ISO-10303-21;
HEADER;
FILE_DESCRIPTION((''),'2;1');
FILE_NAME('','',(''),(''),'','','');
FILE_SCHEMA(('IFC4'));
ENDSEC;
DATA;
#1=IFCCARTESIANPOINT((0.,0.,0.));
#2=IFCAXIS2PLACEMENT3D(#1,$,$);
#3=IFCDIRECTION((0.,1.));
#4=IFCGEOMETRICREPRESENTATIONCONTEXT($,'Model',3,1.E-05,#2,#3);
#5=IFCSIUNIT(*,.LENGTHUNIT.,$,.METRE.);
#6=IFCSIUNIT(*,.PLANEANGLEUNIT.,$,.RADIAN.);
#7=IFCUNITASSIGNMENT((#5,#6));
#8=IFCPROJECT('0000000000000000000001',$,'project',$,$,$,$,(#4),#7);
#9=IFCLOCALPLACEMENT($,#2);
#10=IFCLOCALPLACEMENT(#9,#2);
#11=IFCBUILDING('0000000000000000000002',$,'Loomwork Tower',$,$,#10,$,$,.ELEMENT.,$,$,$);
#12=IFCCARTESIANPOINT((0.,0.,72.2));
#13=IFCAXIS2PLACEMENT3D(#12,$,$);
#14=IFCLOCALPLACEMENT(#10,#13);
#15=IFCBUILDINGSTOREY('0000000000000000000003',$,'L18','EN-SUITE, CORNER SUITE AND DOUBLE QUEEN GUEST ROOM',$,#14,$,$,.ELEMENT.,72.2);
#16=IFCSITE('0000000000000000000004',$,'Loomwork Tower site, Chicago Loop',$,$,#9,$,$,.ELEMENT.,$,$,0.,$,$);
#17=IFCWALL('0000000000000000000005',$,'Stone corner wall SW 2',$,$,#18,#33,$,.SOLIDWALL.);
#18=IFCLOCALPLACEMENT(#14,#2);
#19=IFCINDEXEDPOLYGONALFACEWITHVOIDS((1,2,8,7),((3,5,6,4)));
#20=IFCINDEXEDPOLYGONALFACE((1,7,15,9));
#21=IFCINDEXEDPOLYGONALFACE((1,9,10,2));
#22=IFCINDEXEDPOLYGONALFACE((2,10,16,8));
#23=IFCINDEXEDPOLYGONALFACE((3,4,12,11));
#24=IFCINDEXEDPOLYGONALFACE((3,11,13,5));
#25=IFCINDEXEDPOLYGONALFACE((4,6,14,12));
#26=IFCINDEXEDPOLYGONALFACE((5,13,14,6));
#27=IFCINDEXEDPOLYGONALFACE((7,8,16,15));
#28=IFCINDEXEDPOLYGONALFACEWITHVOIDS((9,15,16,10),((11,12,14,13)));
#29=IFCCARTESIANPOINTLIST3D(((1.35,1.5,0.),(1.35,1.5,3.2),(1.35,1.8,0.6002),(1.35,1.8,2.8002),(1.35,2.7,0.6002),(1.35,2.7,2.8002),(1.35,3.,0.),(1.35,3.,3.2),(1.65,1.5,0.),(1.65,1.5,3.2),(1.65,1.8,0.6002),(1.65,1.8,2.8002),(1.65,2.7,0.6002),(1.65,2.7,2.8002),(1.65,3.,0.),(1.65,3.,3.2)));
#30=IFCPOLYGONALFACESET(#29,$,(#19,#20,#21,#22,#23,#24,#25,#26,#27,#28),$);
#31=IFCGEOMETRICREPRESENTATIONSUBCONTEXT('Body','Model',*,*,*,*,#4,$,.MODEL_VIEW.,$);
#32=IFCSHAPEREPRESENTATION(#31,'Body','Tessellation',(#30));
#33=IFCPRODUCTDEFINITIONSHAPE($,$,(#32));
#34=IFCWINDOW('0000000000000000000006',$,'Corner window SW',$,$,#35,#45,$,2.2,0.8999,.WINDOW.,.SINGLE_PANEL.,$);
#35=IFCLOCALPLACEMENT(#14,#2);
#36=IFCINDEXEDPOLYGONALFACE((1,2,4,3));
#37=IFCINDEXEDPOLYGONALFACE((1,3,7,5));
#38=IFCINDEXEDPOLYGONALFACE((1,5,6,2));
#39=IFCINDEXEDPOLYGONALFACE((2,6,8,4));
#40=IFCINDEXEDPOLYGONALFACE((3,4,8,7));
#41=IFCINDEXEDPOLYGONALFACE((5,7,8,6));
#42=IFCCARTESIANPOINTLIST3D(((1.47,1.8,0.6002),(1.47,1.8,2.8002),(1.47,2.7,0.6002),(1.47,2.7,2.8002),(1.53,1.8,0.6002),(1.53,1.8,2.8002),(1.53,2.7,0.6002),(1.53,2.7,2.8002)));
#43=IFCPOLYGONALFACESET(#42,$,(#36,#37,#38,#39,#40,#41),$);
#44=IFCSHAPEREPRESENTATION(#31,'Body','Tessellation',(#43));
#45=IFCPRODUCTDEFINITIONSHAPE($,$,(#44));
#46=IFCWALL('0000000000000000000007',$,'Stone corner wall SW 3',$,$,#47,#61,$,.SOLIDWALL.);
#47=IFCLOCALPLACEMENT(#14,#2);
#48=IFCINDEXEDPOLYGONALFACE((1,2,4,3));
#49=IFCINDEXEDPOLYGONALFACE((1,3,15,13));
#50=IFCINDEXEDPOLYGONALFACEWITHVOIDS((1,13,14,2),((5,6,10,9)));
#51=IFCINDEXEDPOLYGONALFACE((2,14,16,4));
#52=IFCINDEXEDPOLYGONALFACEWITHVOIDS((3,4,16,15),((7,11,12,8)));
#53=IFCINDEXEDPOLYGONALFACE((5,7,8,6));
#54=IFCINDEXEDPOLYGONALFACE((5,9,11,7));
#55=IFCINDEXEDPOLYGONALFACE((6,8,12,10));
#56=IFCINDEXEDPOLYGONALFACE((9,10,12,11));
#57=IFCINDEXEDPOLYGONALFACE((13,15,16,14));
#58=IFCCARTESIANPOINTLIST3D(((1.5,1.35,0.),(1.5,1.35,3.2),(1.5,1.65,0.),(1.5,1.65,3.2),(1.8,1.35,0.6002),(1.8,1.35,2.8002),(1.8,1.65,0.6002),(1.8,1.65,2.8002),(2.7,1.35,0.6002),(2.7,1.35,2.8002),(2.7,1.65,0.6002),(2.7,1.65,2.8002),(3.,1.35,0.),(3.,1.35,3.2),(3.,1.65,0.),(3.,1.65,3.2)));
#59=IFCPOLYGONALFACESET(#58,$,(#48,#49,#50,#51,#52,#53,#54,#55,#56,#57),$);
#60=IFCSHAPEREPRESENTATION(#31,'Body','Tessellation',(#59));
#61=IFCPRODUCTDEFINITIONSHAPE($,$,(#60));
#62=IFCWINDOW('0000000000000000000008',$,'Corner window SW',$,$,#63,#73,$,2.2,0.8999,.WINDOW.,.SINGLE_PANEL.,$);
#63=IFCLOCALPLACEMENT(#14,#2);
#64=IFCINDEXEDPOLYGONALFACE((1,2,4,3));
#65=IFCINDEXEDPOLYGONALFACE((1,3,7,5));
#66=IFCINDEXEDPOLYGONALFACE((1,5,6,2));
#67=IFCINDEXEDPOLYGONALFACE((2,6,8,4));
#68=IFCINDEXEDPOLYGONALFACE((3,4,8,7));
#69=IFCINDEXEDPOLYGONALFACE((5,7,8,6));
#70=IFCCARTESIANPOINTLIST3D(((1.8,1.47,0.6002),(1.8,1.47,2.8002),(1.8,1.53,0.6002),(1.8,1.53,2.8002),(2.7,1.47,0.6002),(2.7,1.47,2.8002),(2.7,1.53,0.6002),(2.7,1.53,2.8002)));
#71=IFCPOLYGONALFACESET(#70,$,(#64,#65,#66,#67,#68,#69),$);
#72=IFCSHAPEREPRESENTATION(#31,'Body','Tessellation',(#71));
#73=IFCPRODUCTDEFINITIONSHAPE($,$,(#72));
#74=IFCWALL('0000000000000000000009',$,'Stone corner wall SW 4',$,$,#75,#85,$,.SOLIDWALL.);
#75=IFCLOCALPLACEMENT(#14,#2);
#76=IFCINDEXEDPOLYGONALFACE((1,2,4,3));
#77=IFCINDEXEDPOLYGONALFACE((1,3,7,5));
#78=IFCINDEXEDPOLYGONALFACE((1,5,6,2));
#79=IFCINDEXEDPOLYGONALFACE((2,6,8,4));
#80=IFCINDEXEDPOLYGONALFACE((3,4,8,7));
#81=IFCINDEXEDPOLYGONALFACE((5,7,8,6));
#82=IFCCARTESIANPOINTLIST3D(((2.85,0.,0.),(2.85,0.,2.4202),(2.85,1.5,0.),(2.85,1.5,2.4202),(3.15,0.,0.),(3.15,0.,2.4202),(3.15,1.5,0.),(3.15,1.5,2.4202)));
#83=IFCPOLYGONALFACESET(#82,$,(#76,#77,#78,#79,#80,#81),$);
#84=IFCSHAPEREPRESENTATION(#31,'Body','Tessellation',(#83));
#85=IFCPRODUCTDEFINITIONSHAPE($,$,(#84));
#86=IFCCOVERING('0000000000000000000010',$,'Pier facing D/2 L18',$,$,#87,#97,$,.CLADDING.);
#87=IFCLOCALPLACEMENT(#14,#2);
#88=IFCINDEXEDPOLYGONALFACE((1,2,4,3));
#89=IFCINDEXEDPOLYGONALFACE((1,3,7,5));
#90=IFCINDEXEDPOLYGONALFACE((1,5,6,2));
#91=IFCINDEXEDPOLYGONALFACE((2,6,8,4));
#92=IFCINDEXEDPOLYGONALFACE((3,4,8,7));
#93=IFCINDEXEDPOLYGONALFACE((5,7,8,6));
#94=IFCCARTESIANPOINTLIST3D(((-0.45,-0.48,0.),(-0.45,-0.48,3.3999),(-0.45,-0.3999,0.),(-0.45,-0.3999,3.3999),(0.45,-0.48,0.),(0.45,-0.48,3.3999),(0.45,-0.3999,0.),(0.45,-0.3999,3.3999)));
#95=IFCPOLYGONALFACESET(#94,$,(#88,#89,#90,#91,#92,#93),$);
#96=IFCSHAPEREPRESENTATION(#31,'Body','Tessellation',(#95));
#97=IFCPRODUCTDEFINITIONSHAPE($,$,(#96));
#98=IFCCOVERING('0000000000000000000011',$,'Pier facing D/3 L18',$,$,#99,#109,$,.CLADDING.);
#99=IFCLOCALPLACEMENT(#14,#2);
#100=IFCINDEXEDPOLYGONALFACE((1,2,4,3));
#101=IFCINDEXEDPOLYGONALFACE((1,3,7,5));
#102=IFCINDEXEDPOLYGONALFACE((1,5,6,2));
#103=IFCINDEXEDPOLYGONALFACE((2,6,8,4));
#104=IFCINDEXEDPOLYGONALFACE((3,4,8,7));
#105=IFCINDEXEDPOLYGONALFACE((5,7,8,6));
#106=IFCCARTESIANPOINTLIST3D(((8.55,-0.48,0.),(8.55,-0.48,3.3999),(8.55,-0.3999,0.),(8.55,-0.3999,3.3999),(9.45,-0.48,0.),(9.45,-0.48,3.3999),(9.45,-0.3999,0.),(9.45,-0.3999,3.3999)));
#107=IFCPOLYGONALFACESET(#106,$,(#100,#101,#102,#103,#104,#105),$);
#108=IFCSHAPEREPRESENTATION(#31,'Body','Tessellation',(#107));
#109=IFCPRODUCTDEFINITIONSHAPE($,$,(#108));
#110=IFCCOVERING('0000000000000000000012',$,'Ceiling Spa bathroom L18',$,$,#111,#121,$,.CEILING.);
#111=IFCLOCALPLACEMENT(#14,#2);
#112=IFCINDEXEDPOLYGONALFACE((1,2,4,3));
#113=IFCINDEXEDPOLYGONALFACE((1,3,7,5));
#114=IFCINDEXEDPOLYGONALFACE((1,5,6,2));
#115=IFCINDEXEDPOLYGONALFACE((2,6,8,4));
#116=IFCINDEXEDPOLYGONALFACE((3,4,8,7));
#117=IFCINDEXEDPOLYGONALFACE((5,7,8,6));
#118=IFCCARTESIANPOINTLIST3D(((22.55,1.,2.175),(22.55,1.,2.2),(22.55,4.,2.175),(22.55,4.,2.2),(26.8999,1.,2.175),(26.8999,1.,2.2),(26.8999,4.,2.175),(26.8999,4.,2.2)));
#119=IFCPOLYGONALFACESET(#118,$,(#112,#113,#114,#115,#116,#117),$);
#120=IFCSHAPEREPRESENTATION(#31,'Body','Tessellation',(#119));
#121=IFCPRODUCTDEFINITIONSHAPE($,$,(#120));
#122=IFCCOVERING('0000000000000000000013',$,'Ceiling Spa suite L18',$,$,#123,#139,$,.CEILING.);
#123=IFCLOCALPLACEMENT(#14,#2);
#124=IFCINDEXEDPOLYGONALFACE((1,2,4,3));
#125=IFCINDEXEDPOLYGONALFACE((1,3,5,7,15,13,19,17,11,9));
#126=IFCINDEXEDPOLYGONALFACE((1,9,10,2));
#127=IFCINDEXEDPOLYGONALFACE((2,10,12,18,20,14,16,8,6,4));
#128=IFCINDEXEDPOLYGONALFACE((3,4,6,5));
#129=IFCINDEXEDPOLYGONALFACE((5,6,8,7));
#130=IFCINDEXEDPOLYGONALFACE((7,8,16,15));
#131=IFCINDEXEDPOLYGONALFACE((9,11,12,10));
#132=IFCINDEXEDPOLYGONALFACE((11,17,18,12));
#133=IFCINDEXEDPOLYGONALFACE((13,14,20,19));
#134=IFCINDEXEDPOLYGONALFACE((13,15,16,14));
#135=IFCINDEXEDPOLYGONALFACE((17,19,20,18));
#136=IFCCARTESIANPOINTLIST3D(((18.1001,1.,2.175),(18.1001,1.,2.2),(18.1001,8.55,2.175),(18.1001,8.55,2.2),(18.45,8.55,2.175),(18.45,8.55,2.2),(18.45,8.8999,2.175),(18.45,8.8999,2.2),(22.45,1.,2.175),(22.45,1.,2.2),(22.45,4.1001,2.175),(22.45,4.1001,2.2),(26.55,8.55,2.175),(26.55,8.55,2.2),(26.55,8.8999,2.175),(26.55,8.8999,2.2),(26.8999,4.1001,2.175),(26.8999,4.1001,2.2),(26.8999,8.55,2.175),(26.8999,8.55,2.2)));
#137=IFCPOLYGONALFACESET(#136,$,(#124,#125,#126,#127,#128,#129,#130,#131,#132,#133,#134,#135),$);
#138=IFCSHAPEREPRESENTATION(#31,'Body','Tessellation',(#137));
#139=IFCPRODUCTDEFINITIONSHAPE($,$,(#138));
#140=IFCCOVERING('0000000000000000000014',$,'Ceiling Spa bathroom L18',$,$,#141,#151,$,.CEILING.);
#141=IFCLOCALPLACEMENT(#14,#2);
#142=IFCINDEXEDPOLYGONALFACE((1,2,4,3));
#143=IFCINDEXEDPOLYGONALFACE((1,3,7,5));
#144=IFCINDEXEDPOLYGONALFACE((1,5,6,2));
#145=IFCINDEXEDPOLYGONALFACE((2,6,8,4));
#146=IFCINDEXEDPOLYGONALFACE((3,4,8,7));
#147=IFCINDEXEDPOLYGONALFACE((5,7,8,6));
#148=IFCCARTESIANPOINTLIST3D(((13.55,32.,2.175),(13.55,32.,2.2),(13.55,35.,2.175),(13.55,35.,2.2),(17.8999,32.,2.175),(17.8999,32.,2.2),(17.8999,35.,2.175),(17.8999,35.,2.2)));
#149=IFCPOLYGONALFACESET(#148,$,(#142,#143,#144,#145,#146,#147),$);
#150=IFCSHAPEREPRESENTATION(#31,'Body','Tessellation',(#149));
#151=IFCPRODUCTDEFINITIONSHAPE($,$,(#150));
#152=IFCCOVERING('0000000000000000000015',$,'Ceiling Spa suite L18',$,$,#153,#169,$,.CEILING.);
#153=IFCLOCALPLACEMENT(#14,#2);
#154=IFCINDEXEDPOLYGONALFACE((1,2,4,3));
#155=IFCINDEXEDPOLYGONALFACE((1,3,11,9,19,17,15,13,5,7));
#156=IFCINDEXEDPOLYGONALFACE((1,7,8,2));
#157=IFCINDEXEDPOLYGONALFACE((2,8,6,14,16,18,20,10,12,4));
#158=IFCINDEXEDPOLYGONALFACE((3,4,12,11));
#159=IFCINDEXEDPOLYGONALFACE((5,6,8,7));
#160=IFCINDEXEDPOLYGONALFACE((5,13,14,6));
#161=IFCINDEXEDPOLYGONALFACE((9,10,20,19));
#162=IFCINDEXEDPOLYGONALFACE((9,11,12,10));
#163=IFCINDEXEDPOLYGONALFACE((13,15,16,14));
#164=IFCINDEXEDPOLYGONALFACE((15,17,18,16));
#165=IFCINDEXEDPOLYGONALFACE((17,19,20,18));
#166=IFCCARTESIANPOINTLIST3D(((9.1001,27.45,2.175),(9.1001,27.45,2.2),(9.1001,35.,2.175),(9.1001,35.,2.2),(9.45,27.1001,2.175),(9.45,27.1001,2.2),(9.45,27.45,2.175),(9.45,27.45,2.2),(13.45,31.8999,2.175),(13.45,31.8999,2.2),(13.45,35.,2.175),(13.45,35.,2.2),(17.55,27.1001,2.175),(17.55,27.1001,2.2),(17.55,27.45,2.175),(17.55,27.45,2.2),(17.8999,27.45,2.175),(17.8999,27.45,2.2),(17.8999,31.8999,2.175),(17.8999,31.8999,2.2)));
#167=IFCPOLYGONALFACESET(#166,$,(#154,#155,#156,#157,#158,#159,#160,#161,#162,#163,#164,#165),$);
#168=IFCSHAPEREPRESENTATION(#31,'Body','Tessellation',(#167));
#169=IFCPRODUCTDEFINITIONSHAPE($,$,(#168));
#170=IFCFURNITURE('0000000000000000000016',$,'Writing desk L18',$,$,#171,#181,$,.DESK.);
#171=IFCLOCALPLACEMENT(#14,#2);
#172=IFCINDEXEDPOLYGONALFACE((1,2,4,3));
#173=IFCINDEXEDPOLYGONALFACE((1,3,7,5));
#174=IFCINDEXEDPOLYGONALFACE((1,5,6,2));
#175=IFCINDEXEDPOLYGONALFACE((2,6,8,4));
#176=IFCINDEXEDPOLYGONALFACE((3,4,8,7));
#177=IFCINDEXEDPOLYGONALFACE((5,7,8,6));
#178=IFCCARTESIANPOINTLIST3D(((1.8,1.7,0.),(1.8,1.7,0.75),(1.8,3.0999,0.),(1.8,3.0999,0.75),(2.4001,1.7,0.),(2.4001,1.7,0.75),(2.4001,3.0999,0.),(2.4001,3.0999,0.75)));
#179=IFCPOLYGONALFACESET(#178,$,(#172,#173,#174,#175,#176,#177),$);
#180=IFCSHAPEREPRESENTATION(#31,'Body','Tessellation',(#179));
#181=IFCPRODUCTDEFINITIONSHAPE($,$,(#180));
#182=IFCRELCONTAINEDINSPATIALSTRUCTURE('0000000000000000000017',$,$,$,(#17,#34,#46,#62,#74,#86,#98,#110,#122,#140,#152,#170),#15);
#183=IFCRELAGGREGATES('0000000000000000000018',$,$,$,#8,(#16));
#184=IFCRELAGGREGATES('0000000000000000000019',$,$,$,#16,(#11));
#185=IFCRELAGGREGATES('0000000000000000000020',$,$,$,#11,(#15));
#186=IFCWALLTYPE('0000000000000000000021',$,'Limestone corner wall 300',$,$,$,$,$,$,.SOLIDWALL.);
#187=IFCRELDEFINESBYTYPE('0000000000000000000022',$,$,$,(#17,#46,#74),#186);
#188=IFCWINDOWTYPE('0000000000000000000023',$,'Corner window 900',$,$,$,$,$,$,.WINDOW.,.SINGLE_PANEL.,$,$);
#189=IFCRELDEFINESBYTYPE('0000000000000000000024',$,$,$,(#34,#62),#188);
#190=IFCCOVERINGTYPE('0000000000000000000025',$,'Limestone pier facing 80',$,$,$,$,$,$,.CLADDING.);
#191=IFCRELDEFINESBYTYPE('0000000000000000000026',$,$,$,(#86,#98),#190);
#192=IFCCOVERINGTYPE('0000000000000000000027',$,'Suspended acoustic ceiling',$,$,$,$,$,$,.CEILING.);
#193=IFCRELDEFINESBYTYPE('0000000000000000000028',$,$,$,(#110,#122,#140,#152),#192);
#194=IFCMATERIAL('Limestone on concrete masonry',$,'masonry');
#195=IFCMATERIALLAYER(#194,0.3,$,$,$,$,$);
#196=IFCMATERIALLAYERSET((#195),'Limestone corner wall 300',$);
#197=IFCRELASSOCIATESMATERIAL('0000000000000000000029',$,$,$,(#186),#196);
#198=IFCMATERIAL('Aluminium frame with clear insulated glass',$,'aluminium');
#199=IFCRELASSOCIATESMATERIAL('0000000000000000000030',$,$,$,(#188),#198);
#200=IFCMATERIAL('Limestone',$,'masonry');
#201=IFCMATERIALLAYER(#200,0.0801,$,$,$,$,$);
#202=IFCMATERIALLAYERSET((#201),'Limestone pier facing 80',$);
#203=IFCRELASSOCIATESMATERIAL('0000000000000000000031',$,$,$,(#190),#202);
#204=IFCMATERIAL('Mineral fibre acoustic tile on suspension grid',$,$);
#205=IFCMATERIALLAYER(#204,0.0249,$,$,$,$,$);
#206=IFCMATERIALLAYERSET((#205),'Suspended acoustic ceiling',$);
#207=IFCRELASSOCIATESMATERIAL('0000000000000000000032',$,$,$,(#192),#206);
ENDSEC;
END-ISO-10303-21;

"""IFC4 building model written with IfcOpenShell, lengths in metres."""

from ifc_helpers import new_model, si_unit, direction, frame, frame_2d, origin, origin_2d, place, context, subcontext, project, spatial, polyline, rectangle, outline, extrude, material, layer, layer_set, type_object, element, fill, save


model = new_model("IFC4")

# Units and contexts
model_context = context("Model", 3, precision=1e-05, world=origin(), true_north=direction((0.0, 1.0)))
body_context = subcontext(model_context, "Body", "Model", "MODEL_VIEW")
ifc_project = project(units=[si_unit("LENGTHUNIT", "METRE"), si_unit("PLANEANGLEUNIT", "RADIAN")], contexts=[model_context])

# Site, building, storey
site_placement = place(None, origin())
site = spatial("IfcSite", under=ifc_project, at=site_placement, Name="Loomwork Tower site, Chicago Loop", CompositionType="ELEMENT", RefElevation=0.0)
building_placement = place(site_placement, origin())
building = spatial("IfcBuilding", under=site, at=building_placement, Name="Loomwork Tower", CompositionType="ELEMENT")
storey_placement = place(building_placement, frame((0.0, 0.0, 72.2)))
storey = spatial("IfcBuildingStorey", under=building, at=storey_placement, Name="L18", Description="EN-SUITE, CORNER SUITE AND DOUBLE QUEEN GUEST ROOM", CompositionType="ELEMENT", Elevation=72.2)

# Shared definitions
ifc_material_1 = material(Name="Limestone on concrete masonry", Category="masonry")
ifc_layer_1 = layer(ifc_material_1, 0.3)
ifc_layer_set_1 = layer_set([ifc_layer_1], Name="Limestone corner wall 300")
wall_type_1 = type_object("IfcWallType", Name="Limestone corner wall 300", PredefinedType="SOLIDWALL", material=ifc_layer_set_1)

# Walls, openings, windows
wall_1_placement = place(storey_placement, frame((1.5, 3.0, 0.0), z_axis=(0.0, 0.0, 1.0), x_axis=(0.0, -1.0, 0.0)))
wall_1 = element("IfcWall", 1, at=wall_1_placement, inside=storey, type_object=wall_type_1, Name="Stone corner wall SW 2", PredefinedType="SOLIDWALL", context=body_context, shape_type="SweptSolid", body=[
    extrude(rectangle(XDim=1.5, YDim=0.3, at=frame_2d((0.75, 0.0))), origin(), (0.0, 0.0, 1.0), 3.2),
])
opening_1_placement = place(wall_1_placement, frame((0.3, 0.0, 0.6001)))
opening_1 = element("IfcOpeningElement", 2, at=opening_1_placement, cuts=wall_1, PredefinedType="OPENING", context=body_context, shape_type="SweptSolid", body=[
    extrude(rectangle(XDim=0.8999, YDim=2.2, at=frame_2d((0.45, 1.1001))), frame((0.0, 0.1599, 0.0), z_axis=(0.0, -1.0, 0.0), x_axis=(1.0, 0.0, 0.0)), (0.0, 0.0, 1.0), 0.3201),
])
ifc_material_2 = material(Name="Aluminium frame with clear insulated glass", Category="aluminium")
window_type_1 = type_object("IfcWindowType", Name="Corner window 900", PartitioningType="SINGLE_PANEL", PredefinedType="WINDOW", material=ifc_material_2)
window_1_placement = place(opening_1_placement, origin())
window_1 = element("IfcWindow", 3, at=window_1_placement, inside=storey, type_object=window_type_1, Name="Corner window SW", OverallHeight=2.2, OverallWidth=0.8999, PartitioningType="SINGLE_PANEL", PredefinedType="WINDOW", context=body_context, shape_type="SweptSolid", body=[
    extrude(rectangle(XDim=0.8999, YDim=2.2, at=frame_2d((0.45, 1.1001))), frame((0.0, 0.03, 0.0), z_axis=(0.0, -1.0, 0.0), x_axis=(1.0, 0.0, 0.0)), (0.0, 0.0, 1.0), 0.0601),
])
fill(opening_1, window_1)
wall_2_placement = place(storey_placement, frame((1.5, 1.5, 0.0), z_axis=(0.0, 0.0, 1.0), x_axis=(1.0, 0.0, 0.0)))
wall_2 = element("IfcWall", 4, at=wall_2_placement, inside=storey, type_object=wall_type_1, Name="Stone corner wall SW 3", PredefinedType="SOLIDWALL", context=body_context, shape_type="SweptSolid", body=[
    extrude(rectangle(XDim=1.5, YDim=0.3, at=frame_2d((0.75, 0.0))), origin(), (0.0, 0.0, 1.0), 3.2),
])
opening_2_placement = place(wall_2_placement, frame((0.3, 0.0, 0.6001)))
opening_2 = element("IfcOpeningElement", 5, at=opening_2_placement, cuts=wall_2, PredefinedType="OPENING", context=body_context, shape_type="SweptSolid", body=[
    extrude(rectangle(XDim=0.8999, YDim=2.2, at=frame_2d((0.45, 1.1001))), frame((0.0, 0.1599, 0.0), z_axis=(0.0, -1.0, 0.0), x_axis=(1.0, 0.0, 0.0)), (0.0, 0.0, 1.0), 0.3201),
])
window_2_placement = place(opening_2_placement, origin())
window_2 = element("IfcWindow", 6, at=window_2_placement, inside=storey, type_object=window_type_1, Name="Corner window SW", OverallHeight=2.2, OverallWidth=0.8999, PartitioningType="SINGLE_PANEL", PredefinedType="WINDOW", context=body_context, shape_type="SweptSolid", body=[
    extrude(rectangle(XDim=0.8999, YDim=2.2, at=frame_2d((0.45, 1.1001))), frame((0.0, 0.03, 0.0), z_axis=(0.0, -1.0, 0.0), x_axis=(1.0, 0.0, 0.0)), (0.0, 0.0, 1.0), 0.0601),
])
fill(opening_2, window_2)

# Wall
wall_3_placement = place(storey_placement, frame((3.0, 1.5, 0.0), z_axis=(0.0, 0.0, 1.0), x_axis=(0.0, -1.0, 0.0)))
element("IfcWall", 7, at=wall_3_placement, inside=storey, type_object=wall_type_1, Name="Stone corner wall SW 4", PredefinedType="SOLIDWALL", context=body_context, shape_type="SweptSolid", body=[
    extrude(rectangle(XDim=1.5, YDim=0.3, at=frame_2d((0.75, 0.0))), origin(), (0.0, 0.0, 1.0), 2.4202),
])

# Coverings
ifc_material_3 = material(Name="Limestone", Category="masonry")
ifc_layer_2 = layer(ifc_material_3, 0.0801)
ifc_layer_set_2 = layer_set([ifc_layer_2], Name="Limestone pier facing 80")
covering_type_1 = type_object("IfcCoveringType", Name="Limestone pier facing 80", PredefinedType="CLADDING", material=ifc_layer_set_2)
for number, where, z_axis, x_axis, name in (
    (8, (0.0, -0.4399, 0.0), (0.0, 0.0, 1.0), (1.0, 0.0, 0.0), "Pier facing D/2 L18"),
    (9, (9.0, -0.4399, 0.0), (0.0, 0.0, 1.0), (1.0, 0.0, 0.0), "Pier facing D/3 L18"),
):
    element("IfcCovering", number, at=place(storey_placement, frame(where, z_axis=z_axis, x_axis=x_axis)), inside=storey, type_object=covering_type_1, Name=name, PredefinedType="CLADDING", context=body_context, shape_type="SweptSolid", body=[
        extrude(rectangle(XDim=0.8999, YDim=0.0801, at=origin_2d()), origin(), (0.0, 0.0, 1.0), 3.3999),
    ])
ifc_material_4 = material(Name="Mineral fibre acoustic tile on suspension grid")
ifc_layer_3 = layer(ifc_material_4, 0.0249)
ifc_layer_set_3 = layer_set([ifc_layer_3], Name="Suspended acoustic ceiling")
covering_type_2 = type_object("IfcCoveringType", Name="Suspended acoustic ceiling", PredefinedType="CEILING", material=ifc_layer_set_3)
covering_1_placement = place(storey_placement, frame((0.0, 0.0, 2.175)))
element("IfcCovering", 10, at=covering_1_placement, inside=storey, type_object=covering_type_2, Name="Ceiling Spa bathroom L18", PredefinedType="CEILING", context=body_context, shape_type="SweptSolid", body=[
    extrude(outline(polyline([(26.8999, 4.0), (26.8999, 1.0), (22.55, 1.0), (22.55, 4.0), (26.8999, 4.0)])), origin(), (0.0, 0.0, 1.0), 0.0249),
])
covering_2_placement = place(storey_placement, frame((0.0, 0.0, 2.175)))
element("IfcCovering", 11, at=covering_2_placement, inside=storey, type_object=covering_type_2, Name="Ceiling Spa suite L18", PredefinedType="CEILING", context=body_context, shape_type="SweptSolid", body=[
    extrude(outline(polyline([(26.55, 8.8999), (26.55, 8.55), (26.8999, 8.55), (26.8999, 4.1001), (22.45, 4.1001), (22.45, 1.0), (18.1001, 1.0), (18.1001, 8.55), (18.45, 8.55), (18.45, 8.8999), (26.55, 8.8999)])), origin(), (0.0, 0.0, 1.0), 0.0249),
])
covering_3_placement = place(storey_placement, frame((0.0, 0.0, 2.175)))
element("IfcCovering", 12, at=covering_3_placement, inside=storey, type_object=covering_type_2, Name="Ceiling Spa bathroom L18", PredefinedType="CEILING", context=body_context, shape_type="SweptSolid", body=[
    extrude(outline(polyline([(13.55, 35.0), (17.8999, 35.0), (17.8999, 32.0), (13.55, 32.0), (13.55, 35.0)])), origin(), (0.0, 0.0, 1.0), 0.0249),
])
covering_4_placement = place(storey_placement, frame((0.0, 0.0, 2.175)))
element("IfcCovering", 13, at=covering_4_placement, inside=storey, type_object=covering_type_2, Name="Ceiling Spa suite L18", PredefinedType="CEILING", context=body_context, shape_type="SweptSolid", body=[
    extrude(outline(polyline([(9.1001, 35.0), (13.45, 35.0), (13.45, 31.8999), (17.8999, 31.8999), (17.8999, 27.45), (17.55, 27.45), (17.55, 27.1001), (9.45, 27.1001), (9.45, 27.45), (9.1001, 27.45), (9.1001, 35.0)])), origin(), (0.0, 0.0, 1.0), 0.0249),
])

# Furniture
furniture_1_placement = place(storey_placement, frame((2.1001, 2.3999, 0.0), z_axis=(0.0, 0.0, 1.0), x_axis=(1.0, 0.0, 0.0)))
element("IfcFurniture", 14, at=furniture_1_placement, inside=storey, Name="Writing desk L18", PredefinedType="DESK", context=body_context, shape_type="SweptSolid", body=[
    extrude(rectangle(XDim=0.6001, YDim=1.3999, at=origin_2d()), origin(), (0.0, 0.0, 1.0), 0.75),
])

save(model, "model.ifc")
